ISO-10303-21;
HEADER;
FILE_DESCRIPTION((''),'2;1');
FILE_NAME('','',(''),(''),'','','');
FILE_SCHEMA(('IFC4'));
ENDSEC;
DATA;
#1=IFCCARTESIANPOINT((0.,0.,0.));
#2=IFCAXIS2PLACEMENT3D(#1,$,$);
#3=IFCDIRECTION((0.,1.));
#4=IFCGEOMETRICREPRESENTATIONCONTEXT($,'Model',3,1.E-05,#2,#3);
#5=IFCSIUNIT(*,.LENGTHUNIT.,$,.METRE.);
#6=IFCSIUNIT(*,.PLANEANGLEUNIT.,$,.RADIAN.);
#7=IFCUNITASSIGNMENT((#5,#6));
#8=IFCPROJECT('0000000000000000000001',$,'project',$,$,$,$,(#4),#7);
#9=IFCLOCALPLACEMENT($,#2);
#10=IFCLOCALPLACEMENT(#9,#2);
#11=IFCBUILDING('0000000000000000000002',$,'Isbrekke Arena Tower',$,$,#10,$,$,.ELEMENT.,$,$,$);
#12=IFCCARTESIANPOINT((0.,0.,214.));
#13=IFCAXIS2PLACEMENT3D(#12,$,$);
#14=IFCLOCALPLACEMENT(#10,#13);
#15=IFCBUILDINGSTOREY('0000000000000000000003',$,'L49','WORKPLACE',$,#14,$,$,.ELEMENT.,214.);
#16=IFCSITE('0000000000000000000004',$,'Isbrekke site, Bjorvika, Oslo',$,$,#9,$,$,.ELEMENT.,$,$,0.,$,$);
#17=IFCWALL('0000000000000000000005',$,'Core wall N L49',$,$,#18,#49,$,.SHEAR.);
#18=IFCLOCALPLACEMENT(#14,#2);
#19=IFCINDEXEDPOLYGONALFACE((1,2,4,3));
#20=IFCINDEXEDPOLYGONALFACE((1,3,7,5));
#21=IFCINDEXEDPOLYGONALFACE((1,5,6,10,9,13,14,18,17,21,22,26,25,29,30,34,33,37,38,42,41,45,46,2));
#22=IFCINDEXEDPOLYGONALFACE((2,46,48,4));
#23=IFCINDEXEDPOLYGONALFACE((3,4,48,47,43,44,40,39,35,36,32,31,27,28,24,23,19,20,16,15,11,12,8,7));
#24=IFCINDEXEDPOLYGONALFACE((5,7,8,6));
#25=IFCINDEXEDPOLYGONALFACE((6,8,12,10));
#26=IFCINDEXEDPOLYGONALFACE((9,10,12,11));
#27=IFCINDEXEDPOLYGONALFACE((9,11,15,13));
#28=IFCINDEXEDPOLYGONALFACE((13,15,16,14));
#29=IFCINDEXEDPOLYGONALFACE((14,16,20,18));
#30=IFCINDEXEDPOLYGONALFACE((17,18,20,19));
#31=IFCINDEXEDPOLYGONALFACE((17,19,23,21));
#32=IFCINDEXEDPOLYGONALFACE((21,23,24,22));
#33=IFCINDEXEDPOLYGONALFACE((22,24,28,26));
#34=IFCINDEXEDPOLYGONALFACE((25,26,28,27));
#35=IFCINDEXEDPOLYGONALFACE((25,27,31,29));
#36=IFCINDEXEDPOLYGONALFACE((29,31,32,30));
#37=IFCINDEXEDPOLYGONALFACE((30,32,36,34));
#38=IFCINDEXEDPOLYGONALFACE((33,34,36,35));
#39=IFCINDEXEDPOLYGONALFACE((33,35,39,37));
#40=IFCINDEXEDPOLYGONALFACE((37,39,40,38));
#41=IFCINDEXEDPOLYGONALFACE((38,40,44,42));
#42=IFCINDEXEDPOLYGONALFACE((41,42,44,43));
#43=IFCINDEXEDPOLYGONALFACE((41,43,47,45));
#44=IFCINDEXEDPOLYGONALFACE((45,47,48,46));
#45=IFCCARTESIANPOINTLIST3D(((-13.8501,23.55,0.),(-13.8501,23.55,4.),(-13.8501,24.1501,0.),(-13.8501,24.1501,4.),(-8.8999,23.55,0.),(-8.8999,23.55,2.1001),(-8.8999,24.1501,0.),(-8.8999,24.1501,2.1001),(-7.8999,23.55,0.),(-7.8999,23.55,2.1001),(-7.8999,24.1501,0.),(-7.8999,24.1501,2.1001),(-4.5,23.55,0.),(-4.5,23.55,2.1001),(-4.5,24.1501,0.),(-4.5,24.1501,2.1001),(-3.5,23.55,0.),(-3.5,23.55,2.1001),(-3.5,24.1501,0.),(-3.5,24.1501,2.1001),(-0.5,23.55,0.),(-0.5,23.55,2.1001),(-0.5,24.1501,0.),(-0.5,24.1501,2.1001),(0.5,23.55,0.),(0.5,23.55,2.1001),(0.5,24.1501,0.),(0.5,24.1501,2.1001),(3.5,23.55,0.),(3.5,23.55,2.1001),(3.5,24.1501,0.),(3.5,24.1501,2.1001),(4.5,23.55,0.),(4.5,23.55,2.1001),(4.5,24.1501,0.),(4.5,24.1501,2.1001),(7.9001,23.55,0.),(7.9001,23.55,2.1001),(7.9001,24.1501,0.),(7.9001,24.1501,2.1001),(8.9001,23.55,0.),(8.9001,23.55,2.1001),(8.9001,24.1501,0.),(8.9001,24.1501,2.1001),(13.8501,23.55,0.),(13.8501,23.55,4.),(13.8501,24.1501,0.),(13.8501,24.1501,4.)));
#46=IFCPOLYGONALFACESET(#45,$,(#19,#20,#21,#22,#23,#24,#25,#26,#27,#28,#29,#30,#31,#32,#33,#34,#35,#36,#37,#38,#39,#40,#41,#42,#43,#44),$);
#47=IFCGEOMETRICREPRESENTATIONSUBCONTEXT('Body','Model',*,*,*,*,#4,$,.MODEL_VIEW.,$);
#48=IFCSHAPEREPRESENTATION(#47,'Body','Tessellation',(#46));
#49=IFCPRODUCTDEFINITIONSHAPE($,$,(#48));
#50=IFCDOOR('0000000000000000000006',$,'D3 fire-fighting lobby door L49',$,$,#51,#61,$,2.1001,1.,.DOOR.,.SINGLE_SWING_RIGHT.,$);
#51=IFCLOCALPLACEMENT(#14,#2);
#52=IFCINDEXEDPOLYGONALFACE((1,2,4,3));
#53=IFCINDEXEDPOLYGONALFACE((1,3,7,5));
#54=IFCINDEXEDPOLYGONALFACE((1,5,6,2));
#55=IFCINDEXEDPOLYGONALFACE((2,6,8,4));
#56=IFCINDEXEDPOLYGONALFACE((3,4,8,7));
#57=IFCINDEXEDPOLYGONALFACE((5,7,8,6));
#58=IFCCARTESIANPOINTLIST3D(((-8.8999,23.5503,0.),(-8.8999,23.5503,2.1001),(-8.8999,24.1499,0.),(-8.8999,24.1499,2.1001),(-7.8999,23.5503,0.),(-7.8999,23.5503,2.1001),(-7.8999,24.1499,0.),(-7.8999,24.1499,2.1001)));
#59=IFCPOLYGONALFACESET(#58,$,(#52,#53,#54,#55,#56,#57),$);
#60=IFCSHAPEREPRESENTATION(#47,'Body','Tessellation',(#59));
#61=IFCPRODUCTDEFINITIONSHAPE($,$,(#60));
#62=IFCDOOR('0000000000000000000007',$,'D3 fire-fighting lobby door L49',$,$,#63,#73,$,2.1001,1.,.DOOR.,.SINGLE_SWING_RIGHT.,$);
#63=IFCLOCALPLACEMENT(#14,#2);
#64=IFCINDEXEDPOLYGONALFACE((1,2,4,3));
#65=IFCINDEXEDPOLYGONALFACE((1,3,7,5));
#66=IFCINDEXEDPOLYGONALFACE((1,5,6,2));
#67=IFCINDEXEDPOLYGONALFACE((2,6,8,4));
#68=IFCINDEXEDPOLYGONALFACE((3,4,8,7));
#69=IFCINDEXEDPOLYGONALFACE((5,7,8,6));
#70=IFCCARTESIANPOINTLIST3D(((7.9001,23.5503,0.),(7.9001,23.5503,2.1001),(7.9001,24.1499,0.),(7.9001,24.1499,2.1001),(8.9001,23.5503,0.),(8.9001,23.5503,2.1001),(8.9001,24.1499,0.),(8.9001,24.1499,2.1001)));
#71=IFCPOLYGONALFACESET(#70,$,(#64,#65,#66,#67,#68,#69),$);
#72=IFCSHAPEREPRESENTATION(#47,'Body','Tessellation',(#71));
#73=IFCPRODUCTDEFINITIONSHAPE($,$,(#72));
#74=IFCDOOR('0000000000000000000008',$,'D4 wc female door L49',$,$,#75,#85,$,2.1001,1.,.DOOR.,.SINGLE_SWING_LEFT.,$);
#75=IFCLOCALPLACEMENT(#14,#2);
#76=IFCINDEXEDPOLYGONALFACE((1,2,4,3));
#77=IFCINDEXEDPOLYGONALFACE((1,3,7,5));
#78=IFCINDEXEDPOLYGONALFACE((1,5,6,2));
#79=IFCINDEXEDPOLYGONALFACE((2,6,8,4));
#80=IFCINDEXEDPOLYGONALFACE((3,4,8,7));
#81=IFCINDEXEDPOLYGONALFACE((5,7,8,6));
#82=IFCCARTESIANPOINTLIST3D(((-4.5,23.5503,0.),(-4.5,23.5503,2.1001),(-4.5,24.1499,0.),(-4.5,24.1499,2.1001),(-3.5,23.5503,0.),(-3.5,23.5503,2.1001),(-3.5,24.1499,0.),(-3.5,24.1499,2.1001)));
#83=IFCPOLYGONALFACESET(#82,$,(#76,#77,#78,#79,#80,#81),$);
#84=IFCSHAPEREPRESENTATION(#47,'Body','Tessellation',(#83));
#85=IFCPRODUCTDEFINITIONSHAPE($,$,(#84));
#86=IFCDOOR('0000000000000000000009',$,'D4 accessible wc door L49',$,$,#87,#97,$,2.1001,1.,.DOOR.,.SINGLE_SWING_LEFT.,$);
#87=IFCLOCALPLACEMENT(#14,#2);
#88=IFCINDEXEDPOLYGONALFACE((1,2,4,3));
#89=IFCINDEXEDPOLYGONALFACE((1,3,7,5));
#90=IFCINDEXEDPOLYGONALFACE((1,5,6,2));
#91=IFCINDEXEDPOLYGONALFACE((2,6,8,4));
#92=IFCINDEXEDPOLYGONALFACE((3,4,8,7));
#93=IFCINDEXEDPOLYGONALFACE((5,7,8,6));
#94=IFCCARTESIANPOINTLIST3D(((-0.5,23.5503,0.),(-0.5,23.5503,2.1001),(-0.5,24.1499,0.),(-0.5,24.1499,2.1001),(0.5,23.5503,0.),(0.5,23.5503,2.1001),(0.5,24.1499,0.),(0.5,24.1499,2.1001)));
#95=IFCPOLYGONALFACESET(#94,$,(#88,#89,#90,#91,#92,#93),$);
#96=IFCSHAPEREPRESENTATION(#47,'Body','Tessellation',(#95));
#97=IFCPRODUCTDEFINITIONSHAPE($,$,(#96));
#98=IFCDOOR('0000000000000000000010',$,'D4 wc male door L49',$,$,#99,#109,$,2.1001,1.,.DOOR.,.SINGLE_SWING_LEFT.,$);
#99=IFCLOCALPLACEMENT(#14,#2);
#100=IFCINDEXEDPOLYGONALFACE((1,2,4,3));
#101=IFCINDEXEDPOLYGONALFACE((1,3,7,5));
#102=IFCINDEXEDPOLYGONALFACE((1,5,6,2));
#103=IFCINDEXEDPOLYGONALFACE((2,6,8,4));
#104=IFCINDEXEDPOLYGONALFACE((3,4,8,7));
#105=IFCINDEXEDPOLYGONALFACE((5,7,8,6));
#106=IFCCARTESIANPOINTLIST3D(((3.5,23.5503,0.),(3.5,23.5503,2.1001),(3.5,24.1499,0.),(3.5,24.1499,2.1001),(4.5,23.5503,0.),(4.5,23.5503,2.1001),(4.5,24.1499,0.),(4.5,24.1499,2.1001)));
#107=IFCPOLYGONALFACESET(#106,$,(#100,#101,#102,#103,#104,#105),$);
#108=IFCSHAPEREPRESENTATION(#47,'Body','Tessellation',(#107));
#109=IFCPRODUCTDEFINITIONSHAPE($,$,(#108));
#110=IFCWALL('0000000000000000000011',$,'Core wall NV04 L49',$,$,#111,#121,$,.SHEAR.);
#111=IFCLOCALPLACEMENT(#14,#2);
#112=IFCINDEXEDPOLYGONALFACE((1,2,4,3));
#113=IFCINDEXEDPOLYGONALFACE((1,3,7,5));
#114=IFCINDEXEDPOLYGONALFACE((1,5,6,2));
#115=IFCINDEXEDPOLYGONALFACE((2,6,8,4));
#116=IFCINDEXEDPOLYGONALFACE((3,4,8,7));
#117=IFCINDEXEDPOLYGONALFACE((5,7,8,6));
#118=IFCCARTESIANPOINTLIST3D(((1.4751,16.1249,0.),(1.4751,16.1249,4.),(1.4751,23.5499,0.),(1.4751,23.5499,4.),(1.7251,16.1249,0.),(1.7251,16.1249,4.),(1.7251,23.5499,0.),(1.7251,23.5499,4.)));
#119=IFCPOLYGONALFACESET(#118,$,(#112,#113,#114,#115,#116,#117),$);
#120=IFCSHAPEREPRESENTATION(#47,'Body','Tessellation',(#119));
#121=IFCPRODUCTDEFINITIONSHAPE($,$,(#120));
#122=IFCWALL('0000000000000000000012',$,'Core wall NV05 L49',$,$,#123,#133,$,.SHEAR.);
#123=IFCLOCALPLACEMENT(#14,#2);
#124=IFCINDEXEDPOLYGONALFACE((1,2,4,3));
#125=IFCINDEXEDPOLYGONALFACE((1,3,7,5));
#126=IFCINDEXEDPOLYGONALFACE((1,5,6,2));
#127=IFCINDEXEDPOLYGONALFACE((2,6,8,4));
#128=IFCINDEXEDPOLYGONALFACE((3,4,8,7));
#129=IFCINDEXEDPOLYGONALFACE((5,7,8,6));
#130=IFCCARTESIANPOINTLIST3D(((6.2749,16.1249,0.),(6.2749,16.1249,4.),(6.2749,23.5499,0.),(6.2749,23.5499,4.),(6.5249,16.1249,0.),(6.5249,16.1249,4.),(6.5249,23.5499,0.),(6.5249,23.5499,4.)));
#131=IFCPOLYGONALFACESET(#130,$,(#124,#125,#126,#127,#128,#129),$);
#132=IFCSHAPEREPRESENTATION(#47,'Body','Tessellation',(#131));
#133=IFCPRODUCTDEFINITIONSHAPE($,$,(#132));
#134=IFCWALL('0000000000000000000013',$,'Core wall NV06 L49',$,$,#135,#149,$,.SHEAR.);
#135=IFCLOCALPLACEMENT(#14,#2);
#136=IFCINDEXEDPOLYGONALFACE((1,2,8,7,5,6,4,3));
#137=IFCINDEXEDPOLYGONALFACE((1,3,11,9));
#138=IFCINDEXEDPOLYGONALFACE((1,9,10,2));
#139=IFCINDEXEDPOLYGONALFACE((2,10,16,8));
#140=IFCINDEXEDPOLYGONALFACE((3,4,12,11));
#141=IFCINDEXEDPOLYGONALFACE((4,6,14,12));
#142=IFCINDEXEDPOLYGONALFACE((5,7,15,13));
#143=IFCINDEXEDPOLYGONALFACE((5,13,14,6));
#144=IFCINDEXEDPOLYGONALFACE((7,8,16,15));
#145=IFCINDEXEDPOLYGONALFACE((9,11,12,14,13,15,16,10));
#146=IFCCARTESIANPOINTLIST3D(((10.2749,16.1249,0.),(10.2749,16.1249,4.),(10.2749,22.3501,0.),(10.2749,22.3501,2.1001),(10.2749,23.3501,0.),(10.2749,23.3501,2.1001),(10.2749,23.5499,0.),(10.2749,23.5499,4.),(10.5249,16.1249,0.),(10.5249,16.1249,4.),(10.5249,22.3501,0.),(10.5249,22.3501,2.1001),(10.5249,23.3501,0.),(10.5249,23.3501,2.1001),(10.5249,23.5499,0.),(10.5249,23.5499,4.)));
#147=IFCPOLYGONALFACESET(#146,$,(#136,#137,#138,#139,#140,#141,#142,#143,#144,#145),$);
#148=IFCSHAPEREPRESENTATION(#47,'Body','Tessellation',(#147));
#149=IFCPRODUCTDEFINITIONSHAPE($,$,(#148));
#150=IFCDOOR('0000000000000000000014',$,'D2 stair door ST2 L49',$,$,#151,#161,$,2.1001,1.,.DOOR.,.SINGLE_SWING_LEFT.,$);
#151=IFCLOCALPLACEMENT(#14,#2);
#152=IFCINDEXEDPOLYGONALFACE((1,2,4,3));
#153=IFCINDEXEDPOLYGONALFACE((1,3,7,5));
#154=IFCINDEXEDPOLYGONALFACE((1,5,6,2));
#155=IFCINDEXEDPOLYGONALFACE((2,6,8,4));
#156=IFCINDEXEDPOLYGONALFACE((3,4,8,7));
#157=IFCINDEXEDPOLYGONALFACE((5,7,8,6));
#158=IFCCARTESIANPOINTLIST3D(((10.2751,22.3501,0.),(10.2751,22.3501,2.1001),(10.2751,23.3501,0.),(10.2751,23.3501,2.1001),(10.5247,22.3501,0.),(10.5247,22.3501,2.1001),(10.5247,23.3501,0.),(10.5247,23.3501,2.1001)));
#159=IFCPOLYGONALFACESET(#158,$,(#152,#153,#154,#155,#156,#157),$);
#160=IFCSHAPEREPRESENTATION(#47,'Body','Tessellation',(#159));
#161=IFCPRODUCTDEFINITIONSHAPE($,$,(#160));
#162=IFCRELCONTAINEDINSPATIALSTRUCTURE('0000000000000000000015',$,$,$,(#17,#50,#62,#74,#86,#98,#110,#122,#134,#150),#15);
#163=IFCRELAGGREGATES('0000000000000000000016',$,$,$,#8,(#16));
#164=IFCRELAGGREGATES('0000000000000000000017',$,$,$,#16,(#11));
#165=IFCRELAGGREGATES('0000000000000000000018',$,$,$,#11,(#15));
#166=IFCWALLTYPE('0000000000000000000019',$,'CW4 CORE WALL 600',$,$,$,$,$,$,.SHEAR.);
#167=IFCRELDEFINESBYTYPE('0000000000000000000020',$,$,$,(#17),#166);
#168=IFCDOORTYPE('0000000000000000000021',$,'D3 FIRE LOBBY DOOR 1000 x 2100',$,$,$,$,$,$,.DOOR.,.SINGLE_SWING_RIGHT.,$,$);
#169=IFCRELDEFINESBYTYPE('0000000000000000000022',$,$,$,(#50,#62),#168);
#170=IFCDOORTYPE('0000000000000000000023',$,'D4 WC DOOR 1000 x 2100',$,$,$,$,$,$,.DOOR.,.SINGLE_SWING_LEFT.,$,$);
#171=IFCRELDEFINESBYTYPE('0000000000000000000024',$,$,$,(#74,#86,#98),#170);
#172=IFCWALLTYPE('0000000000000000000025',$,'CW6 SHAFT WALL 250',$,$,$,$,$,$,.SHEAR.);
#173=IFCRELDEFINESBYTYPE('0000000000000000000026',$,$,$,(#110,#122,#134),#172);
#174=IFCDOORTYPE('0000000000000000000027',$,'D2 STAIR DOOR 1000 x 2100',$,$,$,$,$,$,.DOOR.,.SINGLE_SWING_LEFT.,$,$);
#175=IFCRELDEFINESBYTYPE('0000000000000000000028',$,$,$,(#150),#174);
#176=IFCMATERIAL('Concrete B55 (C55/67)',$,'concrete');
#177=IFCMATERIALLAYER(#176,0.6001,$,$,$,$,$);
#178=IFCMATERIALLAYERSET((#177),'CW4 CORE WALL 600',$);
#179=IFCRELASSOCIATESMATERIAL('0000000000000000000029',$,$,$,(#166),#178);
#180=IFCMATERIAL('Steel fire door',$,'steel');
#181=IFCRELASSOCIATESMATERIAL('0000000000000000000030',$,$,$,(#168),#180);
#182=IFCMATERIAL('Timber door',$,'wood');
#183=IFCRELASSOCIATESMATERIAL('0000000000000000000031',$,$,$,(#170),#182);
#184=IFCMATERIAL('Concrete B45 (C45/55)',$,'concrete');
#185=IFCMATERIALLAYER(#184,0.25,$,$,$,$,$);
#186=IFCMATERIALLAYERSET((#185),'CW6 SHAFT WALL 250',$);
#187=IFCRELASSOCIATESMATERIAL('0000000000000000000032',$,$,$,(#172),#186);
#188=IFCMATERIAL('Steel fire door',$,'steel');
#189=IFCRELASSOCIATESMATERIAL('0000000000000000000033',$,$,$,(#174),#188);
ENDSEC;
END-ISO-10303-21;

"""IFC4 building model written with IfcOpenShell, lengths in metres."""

from ifc_helpers import new_model, si_unit, direction, frame, frame_2d, origin, place, context, subcontext, project, spatial, rectangle, extrude, material, layer, layer_set, type_object, element, fill, save


model = new_model("IFC4")

# Units and contexts
model_context = context("Model", 3, precision=1e-05, world=origin(), true_north=direction((0.0, 1.0)))
body_context = subcontext(model_context, "Body", "Model", "MODEL_VIEW")
ifc_project = project(units=[si_unit("LENGTHUNIT", "METRE"), si_unit("PLANEANGLEUNIT", "RADIAN")], contexts=[model_context])

# Site, building, storey
site_placement = place(None, origin())
site = spatial("IfcSite", under=ifc_project, at=site_placement, Name="Isbrekke site, Bjorvika, Oslo", CompositionType="ELEMENT", RefElevation=0.0)
building_placement = place(site_placement, origin())
building = spatial("IfcBuilding", under=site, at=building_placement, Name="Isbrekke Arena Tower", CompositionType="ELEMENT")
storey_placement = place(building_placement, frame((0.0, 0.0, 214.0)))
storey = spatial("IfcBuildingStorey", under=building, at=storey_placement, Name="L49", Description="WORKPLACE", CompositionType="ELEMENT", Elevation=214.0)

# Wall, openings, doors
ifc_material_1 = material(Name="Concrete B55 (C55/67)", Category="concrete")
ifc_layer_1 = layer(ifc_material_1, 0.6001)
ifc_layer_set_1 = layer_set([ifc_layer_1], Name="CW4 CORE WALL 600")
wall_type_1 = type_object("IfcWallType", Name="CW4 CORE WALL 600", PredefinedType="SHEAR", material=ifc_layer_set_1)
wall_1_placement = place(storey_placement, frame((13.8501, 23.8501, 0.0), z_axis=(0.0, 0.0, 1.0), x_axis=(-1.0, 0.0, 0.0)))
wall_1 = element("IfcWall", 1, at=wall_1_placement, inside=storey, type_object=wall_type_1, Name="Core wall N L49", PredefinedType="SHEAR", context=body_context, shape_type="SweptSolid", body=[
    extrude(rectangle(XDim=27.7002, YDim=0.6001, at=frame_2d((13.8501, 0.0))), origin(), (0.0, 0.0, 1.0), 4.0),
])
opening_1_placement = place(wall_1_placement, frame((21.75, 0.0, 0.0)))
opening_1 = element("IfcOpeningElement", 2, at=opening_1_placement, cuts=wall_1, PredefinedType="OPENING", context=body_context, shape_type="SweptSolid", body=[
    extrude(rectangle(XDim=1.0, YDim=2.1001, at=frame_2d((0.5, 1.05))), frame((0.0, 0.3149, 0.0), z_axis=(0.0, -1.0, 0.0), x_axis=(1.0, 0.0, 0.0)), (0.0, 0.0, 1.0), 0.6299),
])
opening_2_placement = place(wall_1_placement, frame((4.95, 0.0, 0.0)))
opening_2 = element("IfcOpeningElement", 3, at=opening_2_placement, cuts=wall_1, PredefinedType="OPENING", context=body_context, shape_type="SweptSolid", body=[
    extrude(rectangle(XDim=1.0, YDim=2.1001, at=frame_2d((0.5, 1.05))), frame((0.0, 0.3149, 0.0), z_axis=(0.0, -1.0, 0.0), x_axis=(1.0, 0.0, 0.0)), (0.0, 0.0, 1.0), 0.6299),
])
opening_3_placement = place(wall_1_placement, frame((17.3501, 0.0, 0.0)))
opening_3 = element("IfcOpeningElement", 4, at=opening_3_placement, cuts=wall_1, PredefinedType="OPENING", context=body_context, shape_type="SweptSolid", body=[
    extrude(rectangle(XDim=1.0, YDim=2.1001, at=frame_2d((0.5, 1.05))), frame((0.0, 0.3149, 0.0), z_axis=(0.0, -1.0, 0.0), x_axis=(1.0, 0.0, 0.0)), (0.0, 0.0, 1.0), 0.6299),
])
opening_4_placement = place(wall_1_placement, frame((13.3501, 0.0, 0.0)))
opening_4 = element("IfcOpeningElement", 5, at=opening_4_placement, cuts=wall_1, PredefinedType="OPENING", context=body_context, shape_type="SweptSolid", body=[
    extrude(rectangle(XDim=1.0, YDim=2.1001, at=frame_2d((0.5, 1.05))), frame((0.0, 0.3149, 0.0), z_axis=(0.0, -1.0, 0.0), x_axis=(1.0, 0.0, 0.0)), (0.0, 0.0, 1.0), 0.6299),
])
opening_5_placement = place(wall_1_placement, frame((9.3501, 0.0, 0.0)))
opening_5 = element("IfcOpeningElement", 6, at=opening_5_placement, cuts=wall_1, PredefinedType="OPENING", context=body_context, shape_type="SweptSolid", body=[
    extrude(rectangle(XDim=1.0, YDim=2.1001, at=frame_2d((0.5, 1.05))), frame((0.0, 0.3149, 0.0), z_axis=(0.0, -1.0, 0.0), x_axis=(1.0, 0.0, 0.0)), (0.0, 0.0, 1.0), 0.6299),
])
ifc_material_2 = material(Name="Steel fire door", Category="steel")
door_type_1 = type_object("IfcDoorType", Name="D3 FIRE LOBBY DOOR 1000 x 2100", OperationType="SINGLE_SWING_RIGHT", PredefinedType="DOOR", material=ifc_material_2)
door_1_placement = place(opening_1_placement, origin())
door_1 = element("IfcDoor", 7, at=door_1_placement, inside=storey, type_object=door_type_1, Name="D3 fire-fighting lobby door L49", OperationType="SINGLE_SWING_RIGHT", OverallHeight=2.1001, OverallWidth=1.0, PredefinedType="DOOR", context=body_context, shape_type="SweptSolid", body=[
    extrude(rectangle(XDim=1.0, YDim=2.1001, at=frame_2d((0.5, 1.05))), frame((0.0, 0.2998, 0.0), z_axis=(0.0, -1.0, 0.0), x_axis=(1.0, 0.0, 0.0)), (0.0, 0.0, 1.0), 0.5996),
])
fill(opening_1, door_1)
door_2_placement = place(opening_2_placement, origin())
door_2 = element("IfcDoor", 8, at=door_2_placement, inside=storey, type_object=door_type_1, Name="D3 fire-fighting lobby door L49", OperationType="SINGLE_SWING_RIGHT", OverallHeight=2.1001, OverallWidth=1.0, PredefinedType="DOOR", context=body_context, shape_type="SweptSolid", body=[
    extrude(rectangle(XDim=1.0, YDim=2.1001, at=frame_2d((0.5, 1.05))), frame((0.0, 0.2998, 0.0), z_axis=(0.0, -1.0, 0.0), x_axis=(1.0, 0.0, 0.0)), (0.0, 0.0, 1.0), 0.5996),
])
fill(opening_2, door_2)
ifc_material_3 = material(Name="Timber door", Category="wood")
door_type_2 = type_object("IfcDoorType", Name="D4 WC DOOR 1000 x 2100", OperationType="SINGLE_SWING_LEFT", PredefinedType="DOOR", material=ifc_material_3)
door_3_placement = place(opening_3_placement, origin())
door_3 = element("IfcDoor", 9, at=door_3_placement, inside=storey, type_object=door_type_2, Name="D4 wc female door L49", OperationType="SINGLE_SWING_LEFT", OverallHeight=2.1001, OverallWidth=1.0, PredefinedType="DOOR", context=body_context, shape_type="SweptSolid", body=[
    extrude(rectangle(XDim=1.0, YDim=2.1001, at=frame_2d((0.5, 1.05))), frame((0.0, 0.2998, 0.0), z_axis=(0.0, -1.0, 0.0), x_axis=(1.0, 0.0, 0.0)), (0.0, 0.0, 1.0), 0.5996),
])
fill(opening_3, door_3)
door_4_placement = place(opening_4_placement, origin())
door_4 = element("IfcDoor", 10, at=door_4_placement, inside=storey, type_object=door_type_2, Name="D4 accessible wc door L49", OperationType="SINGLE_SWING_LEFT", OverallHeight=2.1001, OverallWidth=1.0, PredefinedType="DOOR", context=body_context, shape_type="SweptSolid", body=[
    extrude(rectangle(XDim=1.0, YDim=2.1001, at=frame_2d((0.5, 1.05))), frame((0.0, 0.2998, 0.0), z_axis=(0.0, -1.0, 0.0), x_axis=(1.0, 0.0, 0.0)), (0.0, 0.0, 1.0), 0.5996),
])
fill(opening_4, door_4)
door_5_placement = place(opening_5_placement, origin())
door_5 = element("IfcDoor", 11, at=door_5_placement, inside=storey, type_object=door_type_2, Name="D4 wc male door L49", OperationType="SINGLE_SWING_LEFT", OverallHeight=2.1001, OverallWidth=1.0, PredefinedType="DOOR", context=body_context, shape_type="SweptSolid", body=[
    extrude(rectangle(XDim=1.0, YDim=2.1001, at=frame_2d((0.5, 1.05))), frame((0.0, 0.2998, 0.0), z_axis=(0.0, -1.0, 0.0), x_axis=(1.0, 0.0, 0.0)), (0.0, 0.0, 1.0), 0.5996),
])
fill(opening_5, door_5)

# Walls
ifc_material_4 = material(Name="Concrete B45 (C45/55)", Category="concrete")
ifc_layer_2 = layer(ifc_material_4, 0.25)
ifc_layer_set_2 = layer_set([ifc_layer_2], Name="CW6 SHAFT WALL 250")
wall_type_2 = type_object("IfcWallType", Name="CW6 SHAFT WALL 250", PredefinedType="SHEAR", material=ifc_layer_set_2)
for number, where, z_axis, x_axis, name in (
    (12, (1.6001, 16.125, 0.0), (0.0, 0.0, 1.0), (0.0, 1.0, 0.0), "Core wall NV04 L49"),
    (13, (6.3999, 16.125, 0.0), (0.0, 0.0, 1.0), (0.0, 1.0, 0.0), "Core wall NV05 L49"),
):
    element("IfcWall", number, at=place(storey_placement, frame(where, z_axis=z_axis, x_axis=x_axis)), inside=storey, type_object=wall_type_2, Name=name, PredefinedType="SHEAR", context=body_context, shape_type="SweptSolid", body=[
        extrude(rectangle(XDim=7.425, YDim=0.25, at=frame_2d((3.7124, 0.0))), origin(), (0.0, 0.0, 1.0), 4.0),
    ])

# Wall, opening, door
wall_2_placement = place(storey_placement, frame((10.3999, 16.125, 0.0), z_axis=(0.0, 0.0, 1.0), x_axis=(0.0, 1.0, 0.0)))
wall_2 = element("IfcWall", 14, at=wall_2_placement, inside=storey, type_object=wall_type_2, Name="Core wall NV06 L49", PredefinedType="SHEAR", context=body_context, shape_type="SweptSolid", body=[
    extrude(rectangle(XDim=7.425, YDim=0.25, at=frame_2d((3.7124, 0.0))), origin(), (0.0, 0.0, 1.0), 4.0),
])
opening_6_placement = place(wall_2_placement, frame((6.2251, 0.0, 0.0)))
opening_6 = element("IfcOpeningElement", 15, at=opening_6_placement, cuts=wall_2, PredefinedType="OPENING", context=body_context, shape_type="SweptSolid", body=[
    extrude(rectangle(XDim=1.0, YDim=2.1001, at=frame_2d((0.5, 1.05))), frame((0.0, 0.1399, 0.0), z_axis=(0.0, -1.0, 0.0), x_axis=(1.0, 0.0, 0.0)), (0.0, 0.0, 1.0), 0.2798),
])
ifc_material_5 = material(Name="Steel fire door", Category="steel")
door_type_3 = type_object("IfcDoorType", Name="D2 STAIR DOOR 1000 x 2100", OperationType="SINGLE_SWING_LEFT", PredefinedType="DOOR", material=ifc_material_5)
door_6_placement = place(opening_6_placement, origin())
door_6 = element("IfcDoor", 16, at=door_6_placement, inside=storey, type_object=door_type_3, Name="D2 stair door ST2 L49", OperationType="SINGLE_SWING_LEFT", OverallHeight=2.1001, OverallWidth=1.0, PredefinedType="DOOR", context=body_context, shape_type="SweptSolid", body=[
    extrude(rectangle(XDim=1.0, YDim=2.1001, at=frame_2d((0.5, 1.05))), frame((0.0, 0.1248, 0.0), z_axis=(0.0, -1.0, 0.0), x_axis=(1.0, 0.0, 0.0)), (0.0, 0.0, 1.0), 0.2495),
])
fill(opening_6, door_6)

save(model, "model.ifc")
